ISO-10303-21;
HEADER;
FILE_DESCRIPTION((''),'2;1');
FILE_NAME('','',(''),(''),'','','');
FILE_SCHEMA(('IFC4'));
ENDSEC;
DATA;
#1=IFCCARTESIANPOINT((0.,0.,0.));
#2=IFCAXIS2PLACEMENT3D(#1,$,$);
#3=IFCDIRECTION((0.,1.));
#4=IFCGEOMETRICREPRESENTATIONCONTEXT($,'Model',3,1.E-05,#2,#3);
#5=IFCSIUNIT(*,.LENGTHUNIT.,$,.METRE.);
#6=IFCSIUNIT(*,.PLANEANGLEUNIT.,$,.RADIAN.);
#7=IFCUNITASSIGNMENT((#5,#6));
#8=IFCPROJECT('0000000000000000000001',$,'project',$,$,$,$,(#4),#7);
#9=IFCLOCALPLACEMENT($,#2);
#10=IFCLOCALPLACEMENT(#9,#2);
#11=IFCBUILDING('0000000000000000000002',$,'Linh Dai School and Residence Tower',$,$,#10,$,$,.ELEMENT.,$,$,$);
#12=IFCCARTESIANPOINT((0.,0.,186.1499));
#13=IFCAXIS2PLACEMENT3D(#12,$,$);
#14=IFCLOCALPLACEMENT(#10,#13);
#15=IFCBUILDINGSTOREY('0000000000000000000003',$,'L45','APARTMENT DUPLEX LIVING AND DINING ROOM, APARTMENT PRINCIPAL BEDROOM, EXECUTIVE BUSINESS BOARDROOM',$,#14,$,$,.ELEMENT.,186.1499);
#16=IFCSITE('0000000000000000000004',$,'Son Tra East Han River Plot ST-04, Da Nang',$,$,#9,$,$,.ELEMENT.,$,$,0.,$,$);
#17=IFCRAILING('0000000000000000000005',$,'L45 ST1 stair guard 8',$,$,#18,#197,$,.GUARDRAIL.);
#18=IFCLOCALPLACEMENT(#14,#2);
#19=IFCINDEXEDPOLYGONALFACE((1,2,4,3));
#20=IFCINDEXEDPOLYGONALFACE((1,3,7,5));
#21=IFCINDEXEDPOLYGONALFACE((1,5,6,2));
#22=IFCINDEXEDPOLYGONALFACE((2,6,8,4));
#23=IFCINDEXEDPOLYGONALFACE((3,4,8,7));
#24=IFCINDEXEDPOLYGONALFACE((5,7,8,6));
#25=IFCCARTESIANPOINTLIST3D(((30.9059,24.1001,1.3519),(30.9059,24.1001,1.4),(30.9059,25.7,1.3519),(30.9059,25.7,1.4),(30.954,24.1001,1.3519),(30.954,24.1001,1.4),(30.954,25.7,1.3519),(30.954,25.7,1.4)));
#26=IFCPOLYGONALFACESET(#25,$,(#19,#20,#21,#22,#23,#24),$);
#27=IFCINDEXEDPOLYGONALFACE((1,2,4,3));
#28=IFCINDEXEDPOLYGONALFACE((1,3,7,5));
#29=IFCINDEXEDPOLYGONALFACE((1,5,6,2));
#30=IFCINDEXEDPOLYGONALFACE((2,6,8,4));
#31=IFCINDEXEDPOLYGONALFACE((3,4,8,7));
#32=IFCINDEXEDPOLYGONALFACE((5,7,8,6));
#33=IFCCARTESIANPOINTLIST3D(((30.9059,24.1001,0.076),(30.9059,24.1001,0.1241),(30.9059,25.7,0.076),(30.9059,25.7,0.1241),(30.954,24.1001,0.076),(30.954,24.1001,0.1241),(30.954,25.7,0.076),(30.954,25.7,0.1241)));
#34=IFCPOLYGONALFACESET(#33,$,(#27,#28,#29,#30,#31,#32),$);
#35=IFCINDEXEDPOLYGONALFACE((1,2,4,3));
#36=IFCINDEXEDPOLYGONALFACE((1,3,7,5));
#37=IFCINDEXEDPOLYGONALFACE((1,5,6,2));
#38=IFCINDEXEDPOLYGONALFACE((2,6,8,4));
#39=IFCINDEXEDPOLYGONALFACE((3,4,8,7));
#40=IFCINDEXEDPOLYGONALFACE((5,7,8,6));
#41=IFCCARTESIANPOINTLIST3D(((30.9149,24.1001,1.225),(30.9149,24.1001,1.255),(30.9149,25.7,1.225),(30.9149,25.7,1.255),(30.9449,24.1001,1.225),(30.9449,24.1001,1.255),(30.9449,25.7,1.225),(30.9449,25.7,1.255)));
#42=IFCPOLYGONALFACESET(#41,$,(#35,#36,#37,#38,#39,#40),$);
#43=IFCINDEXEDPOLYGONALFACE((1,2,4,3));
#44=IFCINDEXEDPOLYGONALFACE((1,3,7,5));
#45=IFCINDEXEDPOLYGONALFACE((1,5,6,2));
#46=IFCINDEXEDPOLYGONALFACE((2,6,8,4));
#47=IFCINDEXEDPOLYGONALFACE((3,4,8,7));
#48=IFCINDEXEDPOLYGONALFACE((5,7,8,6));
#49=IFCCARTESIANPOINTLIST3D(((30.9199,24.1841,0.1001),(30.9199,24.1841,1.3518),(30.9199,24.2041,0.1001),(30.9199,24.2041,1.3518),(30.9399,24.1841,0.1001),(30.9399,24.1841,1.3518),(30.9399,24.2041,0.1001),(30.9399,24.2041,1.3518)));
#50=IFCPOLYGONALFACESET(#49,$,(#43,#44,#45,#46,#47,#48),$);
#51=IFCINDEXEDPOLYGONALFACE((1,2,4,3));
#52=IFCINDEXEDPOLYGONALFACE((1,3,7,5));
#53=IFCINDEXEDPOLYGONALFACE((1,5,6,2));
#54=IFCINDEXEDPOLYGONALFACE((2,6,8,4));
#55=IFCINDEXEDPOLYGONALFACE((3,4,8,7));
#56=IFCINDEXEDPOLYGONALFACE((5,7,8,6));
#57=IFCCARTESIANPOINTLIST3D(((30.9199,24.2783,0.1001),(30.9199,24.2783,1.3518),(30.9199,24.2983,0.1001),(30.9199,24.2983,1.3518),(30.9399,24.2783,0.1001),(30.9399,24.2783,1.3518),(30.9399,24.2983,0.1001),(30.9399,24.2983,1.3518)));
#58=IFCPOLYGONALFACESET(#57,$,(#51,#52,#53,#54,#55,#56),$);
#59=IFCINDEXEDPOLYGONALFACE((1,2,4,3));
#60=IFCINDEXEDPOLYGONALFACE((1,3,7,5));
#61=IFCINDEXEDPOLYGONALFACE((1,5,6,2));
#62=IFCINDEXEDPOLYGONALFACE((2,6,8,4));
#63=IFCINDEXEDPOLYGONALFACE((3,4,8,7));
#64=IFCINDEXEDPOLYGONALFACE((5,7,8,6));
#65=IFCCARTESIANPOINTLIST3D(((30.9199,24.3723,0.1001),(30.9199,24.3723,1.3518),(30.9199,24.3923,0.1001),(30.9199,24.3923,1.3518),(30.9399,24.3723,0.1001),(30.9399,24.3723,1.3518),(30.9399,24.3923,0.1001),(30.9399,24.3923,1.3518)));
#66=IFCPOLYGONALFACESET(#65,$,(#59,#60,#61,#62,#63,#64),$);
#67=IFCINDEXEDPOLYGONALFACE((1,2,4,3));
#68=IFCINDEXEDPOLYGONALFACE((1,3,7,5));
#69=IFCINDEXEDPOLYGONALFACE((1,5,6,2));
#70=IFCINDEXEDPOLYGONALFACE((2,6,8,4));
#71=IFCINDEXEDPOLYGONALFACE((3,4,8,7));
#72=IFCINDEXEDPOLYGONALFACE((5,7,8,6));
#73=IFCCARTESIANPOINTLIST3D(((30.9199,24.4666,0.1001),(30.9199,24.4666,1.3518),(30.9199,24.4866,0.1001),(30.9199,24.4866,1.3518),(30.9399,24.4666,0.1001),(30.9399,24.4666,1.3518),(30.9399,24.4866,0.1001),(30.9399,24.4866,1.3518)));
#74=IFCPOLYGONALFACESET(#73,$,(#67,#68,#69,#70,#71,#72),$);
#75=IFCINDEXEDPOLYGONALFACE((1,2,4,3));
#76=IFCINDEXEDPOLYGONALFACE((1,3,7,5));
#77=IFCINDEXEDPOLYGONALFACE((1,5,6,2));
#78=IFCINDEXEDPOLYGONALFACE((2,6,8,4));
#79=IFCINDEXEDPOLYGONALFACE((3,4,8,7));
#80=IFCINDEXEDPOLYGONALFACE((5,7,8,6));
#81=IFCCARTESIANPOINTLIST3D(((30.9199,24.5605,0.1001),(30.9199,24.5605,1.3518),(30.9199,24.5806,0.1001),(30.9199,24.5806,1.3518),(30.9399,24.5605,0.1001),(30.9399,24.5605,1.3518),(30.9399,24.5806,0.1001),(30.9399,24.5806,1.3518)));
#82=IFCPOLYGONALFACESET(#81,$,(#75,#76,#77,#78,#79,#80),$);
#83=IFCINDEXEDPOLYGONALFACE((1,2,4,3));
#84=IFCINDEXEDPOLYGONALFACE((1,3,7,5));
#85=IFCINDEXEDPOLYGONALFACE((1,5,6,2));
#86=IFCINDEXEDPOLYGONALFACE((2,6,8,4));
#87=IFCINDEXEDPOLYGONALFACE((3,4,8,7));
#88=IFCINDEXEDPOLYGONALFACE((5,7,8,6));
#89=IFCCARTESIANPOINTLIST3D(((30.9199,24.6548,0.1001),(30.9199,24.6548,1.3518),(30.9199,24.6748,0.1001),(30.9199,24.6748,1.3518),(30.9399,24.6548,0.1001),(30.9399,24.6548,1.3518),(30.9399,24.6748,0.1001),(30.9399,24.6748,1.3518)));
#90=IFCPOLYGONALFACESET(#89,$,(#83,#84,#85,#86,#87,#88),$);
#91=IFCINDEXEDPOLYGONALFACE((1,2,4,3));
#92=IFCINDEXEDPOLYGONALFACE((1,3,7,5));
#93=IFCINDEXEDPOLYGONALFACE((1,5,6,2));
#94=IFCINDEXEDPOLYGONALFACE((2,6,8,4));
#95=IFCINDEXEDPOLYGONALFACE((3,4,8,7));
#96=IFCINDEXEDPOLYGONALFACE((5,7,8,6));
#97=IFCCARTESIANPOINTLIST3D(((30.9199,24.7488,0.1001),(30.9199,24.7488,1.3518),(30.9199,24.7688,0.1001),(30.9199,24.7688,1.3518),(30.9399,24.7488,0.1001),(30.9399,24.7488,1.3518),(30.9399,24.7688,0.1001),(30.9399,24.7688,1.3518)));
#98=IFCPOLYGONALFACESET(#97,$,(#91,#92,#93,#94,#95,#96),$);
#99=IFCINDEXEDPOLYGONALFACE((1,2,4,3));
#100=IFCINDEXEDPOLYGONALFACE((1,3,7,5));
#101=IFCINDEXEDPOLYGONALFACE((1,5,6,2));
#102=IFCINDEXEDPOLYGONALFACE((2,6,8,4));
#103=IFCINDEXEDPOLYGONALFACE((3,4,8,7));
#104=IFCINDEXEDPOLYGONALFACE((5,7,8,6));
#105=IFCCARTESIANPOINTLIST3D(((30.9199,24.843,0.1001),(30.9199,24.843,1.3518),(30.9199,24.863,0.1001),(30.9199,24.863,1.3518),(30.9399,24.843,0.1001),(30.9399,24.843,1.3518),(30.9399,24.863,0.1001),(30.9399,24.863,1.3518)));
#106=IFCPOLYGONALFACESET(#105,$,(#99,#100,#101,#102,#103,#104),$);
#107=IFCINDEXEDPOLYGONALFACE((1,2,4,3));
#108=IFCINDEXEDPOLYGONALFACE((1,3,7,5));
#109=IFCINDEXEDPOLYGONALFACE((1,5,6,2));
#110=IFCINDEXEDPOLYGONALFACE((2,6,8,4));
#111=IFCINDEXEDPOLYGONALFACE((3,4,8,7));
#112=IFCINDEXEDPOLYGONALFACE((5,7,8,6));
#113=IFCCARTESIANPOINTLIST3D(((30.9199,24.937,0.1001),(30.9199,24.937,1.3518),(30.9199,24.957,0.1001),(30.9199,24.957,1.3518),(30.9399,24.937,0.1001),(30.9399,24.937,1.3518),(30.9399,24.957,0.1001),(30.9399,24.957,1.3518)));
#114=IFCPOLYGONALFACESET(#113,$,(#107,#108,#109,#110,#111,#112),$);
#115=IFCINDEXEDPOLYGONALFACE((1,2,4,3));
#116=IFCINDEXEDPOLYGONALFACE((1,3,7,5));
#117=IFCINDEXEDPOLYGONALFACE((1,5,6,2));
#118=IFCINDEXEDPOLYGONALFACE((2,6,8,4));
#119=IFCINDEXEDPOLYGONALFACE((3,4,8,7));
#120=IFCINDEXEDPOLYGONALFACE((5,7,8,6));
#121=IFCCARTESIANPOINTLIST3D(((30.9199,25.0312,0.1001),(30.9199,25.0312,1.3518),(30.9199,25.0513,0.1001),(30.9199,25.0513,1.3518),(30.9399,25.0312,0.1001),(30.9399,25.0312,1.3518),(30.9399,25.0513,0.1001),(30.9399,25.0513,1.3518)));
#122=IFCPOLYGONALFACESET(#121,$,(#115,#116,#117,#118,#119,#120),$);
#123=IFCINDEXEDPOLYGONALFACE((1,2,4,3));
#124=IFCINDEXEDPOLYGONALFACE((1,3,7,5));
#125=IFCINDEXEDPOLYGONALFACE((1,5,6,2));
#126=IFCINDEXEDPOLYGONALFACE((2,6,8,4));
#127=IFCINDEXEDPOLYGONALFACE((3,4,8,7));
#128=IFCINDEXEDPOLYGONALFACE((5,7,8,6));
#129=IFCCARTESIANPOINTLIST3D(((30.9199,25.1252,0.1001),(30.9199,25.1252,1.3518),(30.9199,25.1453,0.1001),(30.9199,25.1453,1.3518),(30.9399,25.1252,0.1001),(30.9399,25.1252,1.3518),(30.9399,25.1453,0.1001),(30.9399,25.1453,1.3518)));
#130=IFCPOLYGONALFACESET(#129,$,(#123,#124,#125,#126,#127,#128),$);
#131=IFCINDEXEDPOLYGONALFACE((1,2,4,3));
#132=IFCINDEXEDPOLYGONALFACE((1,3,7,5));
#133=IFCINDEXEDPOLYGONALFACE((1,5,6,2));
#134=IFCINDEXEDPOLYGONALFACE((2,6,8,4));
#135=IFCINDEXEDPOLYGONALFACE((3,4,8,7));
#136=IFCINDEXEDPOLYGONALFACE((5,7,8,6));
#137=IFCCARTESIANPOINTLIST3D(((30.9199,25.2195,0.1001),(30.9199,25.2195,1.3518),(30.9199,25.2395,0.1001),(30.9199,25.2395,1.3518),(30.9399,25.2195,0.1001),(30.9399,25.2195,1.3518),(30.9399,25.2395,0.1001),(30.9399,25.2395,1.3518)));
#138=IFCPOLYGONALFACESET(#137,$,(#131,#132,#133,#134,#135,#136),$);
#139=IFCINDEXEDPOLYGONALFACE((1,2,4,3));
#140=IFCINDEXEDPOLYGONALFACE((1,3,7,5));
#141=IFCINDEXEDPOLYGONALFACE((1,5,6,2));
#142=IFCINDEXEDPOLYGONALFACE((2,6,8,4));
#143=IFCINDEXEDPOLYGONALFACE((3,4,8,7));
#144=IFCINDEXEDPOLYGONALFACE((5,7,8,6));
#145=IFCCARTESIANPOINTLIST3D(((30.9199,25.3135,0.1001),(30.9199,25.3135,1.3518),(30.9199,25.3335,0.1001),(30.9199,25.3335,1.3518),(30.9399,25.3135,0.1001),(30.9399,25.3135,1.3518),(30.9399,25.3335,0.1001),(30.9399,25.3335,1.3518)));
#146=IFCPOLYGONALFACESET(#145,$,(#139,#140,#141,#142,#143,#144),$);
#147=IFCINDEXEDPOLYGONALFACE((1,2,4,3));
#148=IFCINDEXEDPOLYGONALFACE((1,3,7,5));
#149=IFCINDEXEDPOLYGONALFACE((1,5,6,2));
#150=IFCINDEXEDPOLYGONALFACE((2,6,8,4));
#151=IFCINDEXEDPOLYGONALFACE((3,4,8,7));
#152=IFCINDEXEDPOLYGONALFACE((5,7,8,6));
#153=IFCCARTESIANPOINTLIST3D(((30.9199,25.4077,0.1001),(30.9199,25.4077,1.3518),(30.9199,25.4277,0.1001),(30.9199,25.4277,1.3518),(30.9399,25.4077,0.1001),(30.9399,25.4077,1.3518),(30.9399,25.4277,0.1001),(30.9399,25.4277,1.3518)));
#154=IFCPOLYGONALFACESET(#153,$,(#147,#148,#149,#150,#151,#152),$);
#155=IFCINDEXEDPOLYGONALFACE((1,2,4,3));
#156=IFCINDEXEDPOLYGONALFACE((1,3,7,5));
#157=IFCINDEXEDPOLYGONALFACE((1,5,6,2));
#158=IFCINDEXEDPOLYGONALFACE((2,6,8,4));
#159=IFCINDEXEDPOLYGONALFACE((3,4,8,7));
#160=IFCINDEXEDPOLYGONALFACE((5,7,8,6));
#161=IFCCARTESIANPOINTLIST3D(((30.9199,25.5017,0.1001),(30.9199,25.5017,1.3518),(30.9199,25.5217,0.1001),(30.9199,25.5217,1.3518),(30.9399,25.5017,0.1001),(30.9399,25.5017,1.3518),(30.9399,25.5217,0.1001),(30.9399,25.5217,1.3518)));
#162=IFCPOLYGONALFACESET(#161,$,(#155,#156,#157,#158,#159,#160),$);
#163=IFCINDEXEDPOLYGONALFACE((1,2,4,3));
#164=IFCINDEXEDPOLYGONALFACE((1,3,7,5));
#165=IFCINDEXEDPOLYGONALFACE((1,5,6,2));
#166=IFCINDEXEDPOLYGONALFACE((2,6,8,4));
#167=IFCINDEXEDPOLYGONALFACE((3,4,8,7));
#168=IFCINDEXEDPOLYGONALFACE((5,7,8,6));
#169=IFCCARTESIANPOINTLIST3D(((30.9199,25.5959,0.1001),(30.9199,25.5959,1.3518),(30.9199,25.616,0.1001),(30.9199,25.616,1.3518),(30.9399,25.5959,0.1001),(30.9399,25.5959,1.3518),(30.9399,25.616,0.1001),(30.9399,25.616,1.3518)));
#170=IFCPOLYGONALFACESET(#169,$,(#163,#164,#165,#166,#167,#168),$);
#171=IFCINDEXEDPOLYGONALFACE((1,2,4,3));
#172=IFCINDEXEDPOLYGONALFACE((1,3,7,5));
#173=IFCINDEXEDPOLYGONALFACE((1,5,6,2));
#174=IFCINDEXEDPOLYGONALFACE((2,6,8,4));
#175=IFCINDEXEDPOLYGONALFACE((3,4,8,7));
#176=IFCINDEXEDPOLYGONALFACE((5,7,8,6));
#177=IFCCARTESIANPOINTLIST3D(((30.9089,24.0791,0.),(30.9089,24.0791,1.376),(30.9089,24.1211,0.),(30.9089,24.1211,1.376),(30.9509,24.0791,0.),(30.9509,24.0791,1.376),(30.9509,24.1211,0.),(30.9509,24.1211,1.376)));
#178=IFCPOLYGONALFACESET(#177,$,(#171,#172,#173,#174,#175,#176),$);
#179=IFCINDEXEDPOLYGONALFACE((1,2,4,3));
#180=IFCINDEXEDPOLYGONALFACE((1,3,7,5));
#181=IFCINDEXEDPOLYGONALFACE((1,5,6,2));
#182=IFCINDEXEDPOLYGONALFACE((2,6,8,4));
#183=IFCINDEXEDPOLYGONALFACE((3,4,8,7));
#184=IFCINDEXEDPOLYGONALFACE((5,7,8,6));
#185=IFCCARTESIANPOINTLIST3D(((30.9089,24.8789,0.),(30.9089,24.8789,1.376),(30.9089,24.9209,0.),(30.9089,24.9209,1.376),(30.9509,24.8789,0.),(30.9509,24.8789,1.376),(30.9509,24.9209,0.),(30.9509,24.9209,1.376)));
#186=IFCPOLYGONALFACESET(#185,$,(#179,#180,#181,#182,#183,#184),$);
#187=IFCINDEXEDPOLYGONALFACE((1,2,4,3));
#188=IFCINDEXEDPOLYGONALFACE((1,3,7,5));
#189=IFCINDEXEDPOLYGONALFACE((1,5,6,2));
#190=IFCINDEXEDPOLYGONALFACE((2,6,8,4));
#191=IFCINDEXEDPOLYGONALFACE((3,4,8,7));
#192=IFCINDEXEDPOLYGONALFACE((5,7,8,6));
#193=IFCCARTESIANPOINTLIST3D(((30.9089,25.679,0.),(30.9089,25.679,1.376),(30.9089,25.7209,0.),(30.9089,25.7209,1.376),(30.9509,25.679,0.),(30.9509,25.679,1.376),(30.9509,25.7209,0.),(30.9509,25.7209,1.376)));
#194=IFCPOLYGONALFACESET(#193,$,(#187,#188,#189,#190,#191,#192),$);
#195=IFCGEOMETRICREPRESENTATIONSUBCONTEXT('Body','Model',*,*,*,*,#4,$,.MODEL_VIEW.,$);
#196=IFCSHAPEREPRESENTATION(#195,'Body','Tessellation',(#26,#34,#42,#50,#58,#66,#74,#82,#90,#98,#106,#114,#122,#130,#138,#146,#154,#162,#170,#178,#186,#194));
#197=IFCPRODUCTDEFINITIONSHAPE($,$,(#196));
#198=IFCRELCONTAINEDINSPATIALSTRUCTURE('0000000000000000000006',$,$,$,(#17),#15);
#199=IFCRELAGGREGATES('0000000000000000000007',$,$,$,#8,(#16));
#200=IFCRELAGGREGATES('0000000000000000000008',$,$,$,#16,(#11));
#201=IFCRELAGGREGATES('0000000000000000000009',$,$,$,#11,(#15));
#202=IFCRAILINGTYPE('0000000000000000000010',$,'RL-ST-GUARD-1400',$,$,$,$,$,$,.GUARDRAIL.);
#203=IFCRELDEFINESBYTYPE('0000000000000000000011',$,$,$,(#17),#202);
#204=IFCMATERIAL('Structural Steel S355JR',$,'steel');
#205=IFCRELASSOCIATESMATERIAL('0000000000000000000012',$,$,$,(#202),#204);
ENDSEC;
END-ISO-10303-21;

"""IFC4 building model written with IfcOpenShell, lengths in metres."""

from ifc_helpers import new_model, si_unit, direction, frame, origin, origin_2d, place, context, subcontext, project, spatial, rectangle, extrude, source, transform, mapped, material, type_object, element, save


model = new_model("IFC4")

# Units and contexts
model_context = context("Model", 3, precision=1e-05, world=origin(), true_north=direction((0.0, 1.0)))
body_context = subcontext(model_context, "Body", "Model", "MODEL_VIEW")
ifc_project = project(units=[si_unit("LENGTHUNIT", "METRE"), si_unit("PLANEANGLEUNIT", "RADIAN")], contexts=[model_context])

# Site, building, storey
site_placement = place(None, origin())
site = spatial("IfcSite", under=ifc_project, at=site_placement, Name="Son Tra East Han River Plot ST-04, Da Nang", CompositionType="ELEMENT", RefElevation=0.0)
building_placement = place(site_placement, origin())
building = spatial("IfcBuilding", under=site, at=building_placement, Name="Linh Dai School and Residence Tower", CompositionType="ELEMENT")
storey_placement = place(building_placement, frame((0.0, 0.0, 186.1499)))
storey = spatial("IfcBuildingStorey", under=building, at=storey_placement, Name="L45", Description="APARTMENT DUPLEX LIVING AND DINING ROOM, APARTMENT PRINCIPAL BEDROOM, EXECUTIVE BUSINESS BOARDROOM", CompositionType="ELEMENT", Elevation=186.1499)

# Shared definitions
ifc_material_1 = material(Name="Structural Steel S355JR", Category="steel")

# Railing
railing_type = type_object("IfcRailingType", Name="RL-ST-GUARD-1400", PredefinedType="GUARDRAIL", material=ifc_material_1)
shared_shape_1 = source(origin(), body_context, "Body", "SweptSolid", [
    extrude(rectangle(XDim=0.0481, YDim=0.0481, at=origin_2d()), frame((0.0, 0.0, 1.376), z_axis=(0.0, 1.0, 0.0), x_axis=(-1.0, 0.0, 0.0)), (0.0, 0.0, 1.0), 1.5999),
    extrude(rectangle(XDim=0.0481, YDim=0.0481, at=origin_2d()), frame((0.0, 0.0, 0.1001), z_axis=(0.0, 1.0, 0.0), x_axis=(-1.0, 0.0, 0.0)), (0.0, 0.0, 1.0), 1.5999),
    extrude(rectangle(XDim=0.03, YDim=0.03, at=origin_2d()), frame((0.0, 0.0, 1.24), z_axis=(0.0, 1.0, 0.0), x_axis=(-1.0, 0.0, 0.0)), (0.0, 0.0, 1.0), 1.5999),
    extrude(rectangle(XDim=0.02, YDim=0.02, at=origin_2d()), frame((0.0, 0.094, 0.1001)), (0.0, 0.0, 1.0), 1.2517),
    extrude(rectangle(XDim=0.02, YDim=0.02, at=origin_2d()), frame((0.0, 0.1882, 0.1001)), (0.0, 0.0, 1.0), 1.2517),
    extrude(rectangle(XDim=0.02, YDim=0.02, at=origin_2d()), frame((0.0, 0.2822, 0.1001)), (0.0, 0.0, 1.0), 1.2517),
    extrude(rectangle(XDim=0.02, YDim=0.02, at=origin_2d()), frame((0.0, 0.3765, 0.1001)), (0.0, 0.0, 1.0), 1.2517),
    extrude(rectangle(XDim=0.02, YDim=0.02, at=origin_2d()), frame((0.0, 0.4705, 0.1001)), (0.0, 0.0, 1.0), 1.2517),
    extrude(rectangle(XDim=0.02, YDim=0.02, at=origin_2d()), frame((0.0, 0.5647, 0.1001)), (0.0, 0.0, 1.0), 1.2517),
    extrude(rectangle(XDim=0.02, YDim=0.02, at=origin_2d()), frame((0.0, 0.6587, 0.1001)), (0.0, 0.0, 1.0), 1.2517),
    extrude(rectangle(XDim=0.02, YDim=0.02, at=origin_2d()), frame((0.0, 0.7529, 0.1001)), (0.0, 0.0, 1.0), 1.2517),
    extrude(rectangle(XDim=0.02, YDim=0.02, at=origin_2d()), frame((0.0, 0.8469, 0.1001)), (0.0, 0.0, 1.0), 1.2517),
    extrude(rectangle(XDim=0.02, YDim=0.02, at=origin_2d()), frame((0.0, 0.9412, 0.1001)), (0.0, 0.0, 1.0), 1.2517),
    extrude(rectangle(XDim=0.02, YDim=0.02, at=origin_2d()), frame((0.0, 1.0352, 0.1001)), (0.0, 0.0, 1.0), 1.2517),
    extrude(rectangle(XDim=0.02, YDim=0.02, at=origin_2d()), frame((0.0, 1.1294, 0.1001)), (0.0, 0.0, 1.0), 1.2517),
    extrude(rectangle(XDim=0.02, YDim=0.02, at=origin_2d()), frame((0.0, 1.2234, 0.1001)), (0.0, 0.0, 1.0), 1.2517),
    extrude(rectangle(XDim=0.02, YDim=0.02, at=origin_2d()), frame((0.0, 1.3176, 0.1001)), (0.0, 0.0, 1.0), 1.2517),
    extrude(rectangle(XDim=0.02, YDim=0.02, at=origin_2d()), frame((0.0, 1.4116, 0.1001)), (0.0, 0.0, 1.0), 1.2517),
    extrude(rectangle(XDim=0.02, YDim=0.02, at=origin_2d()), frame((0.0, 1.5059, 0.1001)), (0.0, 0.0, 1.0), 1.2517),
    extrude(rectangle(XDim=0.042, YDim=0.042, at=origin_2d()), origin(), (0.0, 0.0, 1.0), 1.376),
    extrude(rectangle(XDim=0.042, YDim=0.042, at=origin_2d()), frame((0.0, 0.7998, 0.0)), (0.0, 0.0, 1.0), 1.376),
    extrude(rectangle(XDim=0.042, YDim=0.042, at=origin_2d()), frame((0.0, 1.5999, 0.0)), (0.0, 0.0, 1.0), 1.376),
])
for number, where, name in (
    (1, (30.9299, 24.1001, 0.0), "L45 ST1 stair guard 8"),
):
    element("IfcRailing", number, at=place(storey_placement, frame(where)), inside=storey, type_object=railing_type, Name=name, PredefinedType="GUARDRAIL", context=body_context, shape_type="MappedRepresentation", body=[
        mapped(shared_shape_1, transform((0.0, 0.0, 0.0), x_axis=(1.0, 0.0, 0.0), y_axis=(0.0, 1.0, 0.0), z_axis=(0.0, 0.0, 1.0), scale=1.0)),
    ])

save(model, "model.ifc")
